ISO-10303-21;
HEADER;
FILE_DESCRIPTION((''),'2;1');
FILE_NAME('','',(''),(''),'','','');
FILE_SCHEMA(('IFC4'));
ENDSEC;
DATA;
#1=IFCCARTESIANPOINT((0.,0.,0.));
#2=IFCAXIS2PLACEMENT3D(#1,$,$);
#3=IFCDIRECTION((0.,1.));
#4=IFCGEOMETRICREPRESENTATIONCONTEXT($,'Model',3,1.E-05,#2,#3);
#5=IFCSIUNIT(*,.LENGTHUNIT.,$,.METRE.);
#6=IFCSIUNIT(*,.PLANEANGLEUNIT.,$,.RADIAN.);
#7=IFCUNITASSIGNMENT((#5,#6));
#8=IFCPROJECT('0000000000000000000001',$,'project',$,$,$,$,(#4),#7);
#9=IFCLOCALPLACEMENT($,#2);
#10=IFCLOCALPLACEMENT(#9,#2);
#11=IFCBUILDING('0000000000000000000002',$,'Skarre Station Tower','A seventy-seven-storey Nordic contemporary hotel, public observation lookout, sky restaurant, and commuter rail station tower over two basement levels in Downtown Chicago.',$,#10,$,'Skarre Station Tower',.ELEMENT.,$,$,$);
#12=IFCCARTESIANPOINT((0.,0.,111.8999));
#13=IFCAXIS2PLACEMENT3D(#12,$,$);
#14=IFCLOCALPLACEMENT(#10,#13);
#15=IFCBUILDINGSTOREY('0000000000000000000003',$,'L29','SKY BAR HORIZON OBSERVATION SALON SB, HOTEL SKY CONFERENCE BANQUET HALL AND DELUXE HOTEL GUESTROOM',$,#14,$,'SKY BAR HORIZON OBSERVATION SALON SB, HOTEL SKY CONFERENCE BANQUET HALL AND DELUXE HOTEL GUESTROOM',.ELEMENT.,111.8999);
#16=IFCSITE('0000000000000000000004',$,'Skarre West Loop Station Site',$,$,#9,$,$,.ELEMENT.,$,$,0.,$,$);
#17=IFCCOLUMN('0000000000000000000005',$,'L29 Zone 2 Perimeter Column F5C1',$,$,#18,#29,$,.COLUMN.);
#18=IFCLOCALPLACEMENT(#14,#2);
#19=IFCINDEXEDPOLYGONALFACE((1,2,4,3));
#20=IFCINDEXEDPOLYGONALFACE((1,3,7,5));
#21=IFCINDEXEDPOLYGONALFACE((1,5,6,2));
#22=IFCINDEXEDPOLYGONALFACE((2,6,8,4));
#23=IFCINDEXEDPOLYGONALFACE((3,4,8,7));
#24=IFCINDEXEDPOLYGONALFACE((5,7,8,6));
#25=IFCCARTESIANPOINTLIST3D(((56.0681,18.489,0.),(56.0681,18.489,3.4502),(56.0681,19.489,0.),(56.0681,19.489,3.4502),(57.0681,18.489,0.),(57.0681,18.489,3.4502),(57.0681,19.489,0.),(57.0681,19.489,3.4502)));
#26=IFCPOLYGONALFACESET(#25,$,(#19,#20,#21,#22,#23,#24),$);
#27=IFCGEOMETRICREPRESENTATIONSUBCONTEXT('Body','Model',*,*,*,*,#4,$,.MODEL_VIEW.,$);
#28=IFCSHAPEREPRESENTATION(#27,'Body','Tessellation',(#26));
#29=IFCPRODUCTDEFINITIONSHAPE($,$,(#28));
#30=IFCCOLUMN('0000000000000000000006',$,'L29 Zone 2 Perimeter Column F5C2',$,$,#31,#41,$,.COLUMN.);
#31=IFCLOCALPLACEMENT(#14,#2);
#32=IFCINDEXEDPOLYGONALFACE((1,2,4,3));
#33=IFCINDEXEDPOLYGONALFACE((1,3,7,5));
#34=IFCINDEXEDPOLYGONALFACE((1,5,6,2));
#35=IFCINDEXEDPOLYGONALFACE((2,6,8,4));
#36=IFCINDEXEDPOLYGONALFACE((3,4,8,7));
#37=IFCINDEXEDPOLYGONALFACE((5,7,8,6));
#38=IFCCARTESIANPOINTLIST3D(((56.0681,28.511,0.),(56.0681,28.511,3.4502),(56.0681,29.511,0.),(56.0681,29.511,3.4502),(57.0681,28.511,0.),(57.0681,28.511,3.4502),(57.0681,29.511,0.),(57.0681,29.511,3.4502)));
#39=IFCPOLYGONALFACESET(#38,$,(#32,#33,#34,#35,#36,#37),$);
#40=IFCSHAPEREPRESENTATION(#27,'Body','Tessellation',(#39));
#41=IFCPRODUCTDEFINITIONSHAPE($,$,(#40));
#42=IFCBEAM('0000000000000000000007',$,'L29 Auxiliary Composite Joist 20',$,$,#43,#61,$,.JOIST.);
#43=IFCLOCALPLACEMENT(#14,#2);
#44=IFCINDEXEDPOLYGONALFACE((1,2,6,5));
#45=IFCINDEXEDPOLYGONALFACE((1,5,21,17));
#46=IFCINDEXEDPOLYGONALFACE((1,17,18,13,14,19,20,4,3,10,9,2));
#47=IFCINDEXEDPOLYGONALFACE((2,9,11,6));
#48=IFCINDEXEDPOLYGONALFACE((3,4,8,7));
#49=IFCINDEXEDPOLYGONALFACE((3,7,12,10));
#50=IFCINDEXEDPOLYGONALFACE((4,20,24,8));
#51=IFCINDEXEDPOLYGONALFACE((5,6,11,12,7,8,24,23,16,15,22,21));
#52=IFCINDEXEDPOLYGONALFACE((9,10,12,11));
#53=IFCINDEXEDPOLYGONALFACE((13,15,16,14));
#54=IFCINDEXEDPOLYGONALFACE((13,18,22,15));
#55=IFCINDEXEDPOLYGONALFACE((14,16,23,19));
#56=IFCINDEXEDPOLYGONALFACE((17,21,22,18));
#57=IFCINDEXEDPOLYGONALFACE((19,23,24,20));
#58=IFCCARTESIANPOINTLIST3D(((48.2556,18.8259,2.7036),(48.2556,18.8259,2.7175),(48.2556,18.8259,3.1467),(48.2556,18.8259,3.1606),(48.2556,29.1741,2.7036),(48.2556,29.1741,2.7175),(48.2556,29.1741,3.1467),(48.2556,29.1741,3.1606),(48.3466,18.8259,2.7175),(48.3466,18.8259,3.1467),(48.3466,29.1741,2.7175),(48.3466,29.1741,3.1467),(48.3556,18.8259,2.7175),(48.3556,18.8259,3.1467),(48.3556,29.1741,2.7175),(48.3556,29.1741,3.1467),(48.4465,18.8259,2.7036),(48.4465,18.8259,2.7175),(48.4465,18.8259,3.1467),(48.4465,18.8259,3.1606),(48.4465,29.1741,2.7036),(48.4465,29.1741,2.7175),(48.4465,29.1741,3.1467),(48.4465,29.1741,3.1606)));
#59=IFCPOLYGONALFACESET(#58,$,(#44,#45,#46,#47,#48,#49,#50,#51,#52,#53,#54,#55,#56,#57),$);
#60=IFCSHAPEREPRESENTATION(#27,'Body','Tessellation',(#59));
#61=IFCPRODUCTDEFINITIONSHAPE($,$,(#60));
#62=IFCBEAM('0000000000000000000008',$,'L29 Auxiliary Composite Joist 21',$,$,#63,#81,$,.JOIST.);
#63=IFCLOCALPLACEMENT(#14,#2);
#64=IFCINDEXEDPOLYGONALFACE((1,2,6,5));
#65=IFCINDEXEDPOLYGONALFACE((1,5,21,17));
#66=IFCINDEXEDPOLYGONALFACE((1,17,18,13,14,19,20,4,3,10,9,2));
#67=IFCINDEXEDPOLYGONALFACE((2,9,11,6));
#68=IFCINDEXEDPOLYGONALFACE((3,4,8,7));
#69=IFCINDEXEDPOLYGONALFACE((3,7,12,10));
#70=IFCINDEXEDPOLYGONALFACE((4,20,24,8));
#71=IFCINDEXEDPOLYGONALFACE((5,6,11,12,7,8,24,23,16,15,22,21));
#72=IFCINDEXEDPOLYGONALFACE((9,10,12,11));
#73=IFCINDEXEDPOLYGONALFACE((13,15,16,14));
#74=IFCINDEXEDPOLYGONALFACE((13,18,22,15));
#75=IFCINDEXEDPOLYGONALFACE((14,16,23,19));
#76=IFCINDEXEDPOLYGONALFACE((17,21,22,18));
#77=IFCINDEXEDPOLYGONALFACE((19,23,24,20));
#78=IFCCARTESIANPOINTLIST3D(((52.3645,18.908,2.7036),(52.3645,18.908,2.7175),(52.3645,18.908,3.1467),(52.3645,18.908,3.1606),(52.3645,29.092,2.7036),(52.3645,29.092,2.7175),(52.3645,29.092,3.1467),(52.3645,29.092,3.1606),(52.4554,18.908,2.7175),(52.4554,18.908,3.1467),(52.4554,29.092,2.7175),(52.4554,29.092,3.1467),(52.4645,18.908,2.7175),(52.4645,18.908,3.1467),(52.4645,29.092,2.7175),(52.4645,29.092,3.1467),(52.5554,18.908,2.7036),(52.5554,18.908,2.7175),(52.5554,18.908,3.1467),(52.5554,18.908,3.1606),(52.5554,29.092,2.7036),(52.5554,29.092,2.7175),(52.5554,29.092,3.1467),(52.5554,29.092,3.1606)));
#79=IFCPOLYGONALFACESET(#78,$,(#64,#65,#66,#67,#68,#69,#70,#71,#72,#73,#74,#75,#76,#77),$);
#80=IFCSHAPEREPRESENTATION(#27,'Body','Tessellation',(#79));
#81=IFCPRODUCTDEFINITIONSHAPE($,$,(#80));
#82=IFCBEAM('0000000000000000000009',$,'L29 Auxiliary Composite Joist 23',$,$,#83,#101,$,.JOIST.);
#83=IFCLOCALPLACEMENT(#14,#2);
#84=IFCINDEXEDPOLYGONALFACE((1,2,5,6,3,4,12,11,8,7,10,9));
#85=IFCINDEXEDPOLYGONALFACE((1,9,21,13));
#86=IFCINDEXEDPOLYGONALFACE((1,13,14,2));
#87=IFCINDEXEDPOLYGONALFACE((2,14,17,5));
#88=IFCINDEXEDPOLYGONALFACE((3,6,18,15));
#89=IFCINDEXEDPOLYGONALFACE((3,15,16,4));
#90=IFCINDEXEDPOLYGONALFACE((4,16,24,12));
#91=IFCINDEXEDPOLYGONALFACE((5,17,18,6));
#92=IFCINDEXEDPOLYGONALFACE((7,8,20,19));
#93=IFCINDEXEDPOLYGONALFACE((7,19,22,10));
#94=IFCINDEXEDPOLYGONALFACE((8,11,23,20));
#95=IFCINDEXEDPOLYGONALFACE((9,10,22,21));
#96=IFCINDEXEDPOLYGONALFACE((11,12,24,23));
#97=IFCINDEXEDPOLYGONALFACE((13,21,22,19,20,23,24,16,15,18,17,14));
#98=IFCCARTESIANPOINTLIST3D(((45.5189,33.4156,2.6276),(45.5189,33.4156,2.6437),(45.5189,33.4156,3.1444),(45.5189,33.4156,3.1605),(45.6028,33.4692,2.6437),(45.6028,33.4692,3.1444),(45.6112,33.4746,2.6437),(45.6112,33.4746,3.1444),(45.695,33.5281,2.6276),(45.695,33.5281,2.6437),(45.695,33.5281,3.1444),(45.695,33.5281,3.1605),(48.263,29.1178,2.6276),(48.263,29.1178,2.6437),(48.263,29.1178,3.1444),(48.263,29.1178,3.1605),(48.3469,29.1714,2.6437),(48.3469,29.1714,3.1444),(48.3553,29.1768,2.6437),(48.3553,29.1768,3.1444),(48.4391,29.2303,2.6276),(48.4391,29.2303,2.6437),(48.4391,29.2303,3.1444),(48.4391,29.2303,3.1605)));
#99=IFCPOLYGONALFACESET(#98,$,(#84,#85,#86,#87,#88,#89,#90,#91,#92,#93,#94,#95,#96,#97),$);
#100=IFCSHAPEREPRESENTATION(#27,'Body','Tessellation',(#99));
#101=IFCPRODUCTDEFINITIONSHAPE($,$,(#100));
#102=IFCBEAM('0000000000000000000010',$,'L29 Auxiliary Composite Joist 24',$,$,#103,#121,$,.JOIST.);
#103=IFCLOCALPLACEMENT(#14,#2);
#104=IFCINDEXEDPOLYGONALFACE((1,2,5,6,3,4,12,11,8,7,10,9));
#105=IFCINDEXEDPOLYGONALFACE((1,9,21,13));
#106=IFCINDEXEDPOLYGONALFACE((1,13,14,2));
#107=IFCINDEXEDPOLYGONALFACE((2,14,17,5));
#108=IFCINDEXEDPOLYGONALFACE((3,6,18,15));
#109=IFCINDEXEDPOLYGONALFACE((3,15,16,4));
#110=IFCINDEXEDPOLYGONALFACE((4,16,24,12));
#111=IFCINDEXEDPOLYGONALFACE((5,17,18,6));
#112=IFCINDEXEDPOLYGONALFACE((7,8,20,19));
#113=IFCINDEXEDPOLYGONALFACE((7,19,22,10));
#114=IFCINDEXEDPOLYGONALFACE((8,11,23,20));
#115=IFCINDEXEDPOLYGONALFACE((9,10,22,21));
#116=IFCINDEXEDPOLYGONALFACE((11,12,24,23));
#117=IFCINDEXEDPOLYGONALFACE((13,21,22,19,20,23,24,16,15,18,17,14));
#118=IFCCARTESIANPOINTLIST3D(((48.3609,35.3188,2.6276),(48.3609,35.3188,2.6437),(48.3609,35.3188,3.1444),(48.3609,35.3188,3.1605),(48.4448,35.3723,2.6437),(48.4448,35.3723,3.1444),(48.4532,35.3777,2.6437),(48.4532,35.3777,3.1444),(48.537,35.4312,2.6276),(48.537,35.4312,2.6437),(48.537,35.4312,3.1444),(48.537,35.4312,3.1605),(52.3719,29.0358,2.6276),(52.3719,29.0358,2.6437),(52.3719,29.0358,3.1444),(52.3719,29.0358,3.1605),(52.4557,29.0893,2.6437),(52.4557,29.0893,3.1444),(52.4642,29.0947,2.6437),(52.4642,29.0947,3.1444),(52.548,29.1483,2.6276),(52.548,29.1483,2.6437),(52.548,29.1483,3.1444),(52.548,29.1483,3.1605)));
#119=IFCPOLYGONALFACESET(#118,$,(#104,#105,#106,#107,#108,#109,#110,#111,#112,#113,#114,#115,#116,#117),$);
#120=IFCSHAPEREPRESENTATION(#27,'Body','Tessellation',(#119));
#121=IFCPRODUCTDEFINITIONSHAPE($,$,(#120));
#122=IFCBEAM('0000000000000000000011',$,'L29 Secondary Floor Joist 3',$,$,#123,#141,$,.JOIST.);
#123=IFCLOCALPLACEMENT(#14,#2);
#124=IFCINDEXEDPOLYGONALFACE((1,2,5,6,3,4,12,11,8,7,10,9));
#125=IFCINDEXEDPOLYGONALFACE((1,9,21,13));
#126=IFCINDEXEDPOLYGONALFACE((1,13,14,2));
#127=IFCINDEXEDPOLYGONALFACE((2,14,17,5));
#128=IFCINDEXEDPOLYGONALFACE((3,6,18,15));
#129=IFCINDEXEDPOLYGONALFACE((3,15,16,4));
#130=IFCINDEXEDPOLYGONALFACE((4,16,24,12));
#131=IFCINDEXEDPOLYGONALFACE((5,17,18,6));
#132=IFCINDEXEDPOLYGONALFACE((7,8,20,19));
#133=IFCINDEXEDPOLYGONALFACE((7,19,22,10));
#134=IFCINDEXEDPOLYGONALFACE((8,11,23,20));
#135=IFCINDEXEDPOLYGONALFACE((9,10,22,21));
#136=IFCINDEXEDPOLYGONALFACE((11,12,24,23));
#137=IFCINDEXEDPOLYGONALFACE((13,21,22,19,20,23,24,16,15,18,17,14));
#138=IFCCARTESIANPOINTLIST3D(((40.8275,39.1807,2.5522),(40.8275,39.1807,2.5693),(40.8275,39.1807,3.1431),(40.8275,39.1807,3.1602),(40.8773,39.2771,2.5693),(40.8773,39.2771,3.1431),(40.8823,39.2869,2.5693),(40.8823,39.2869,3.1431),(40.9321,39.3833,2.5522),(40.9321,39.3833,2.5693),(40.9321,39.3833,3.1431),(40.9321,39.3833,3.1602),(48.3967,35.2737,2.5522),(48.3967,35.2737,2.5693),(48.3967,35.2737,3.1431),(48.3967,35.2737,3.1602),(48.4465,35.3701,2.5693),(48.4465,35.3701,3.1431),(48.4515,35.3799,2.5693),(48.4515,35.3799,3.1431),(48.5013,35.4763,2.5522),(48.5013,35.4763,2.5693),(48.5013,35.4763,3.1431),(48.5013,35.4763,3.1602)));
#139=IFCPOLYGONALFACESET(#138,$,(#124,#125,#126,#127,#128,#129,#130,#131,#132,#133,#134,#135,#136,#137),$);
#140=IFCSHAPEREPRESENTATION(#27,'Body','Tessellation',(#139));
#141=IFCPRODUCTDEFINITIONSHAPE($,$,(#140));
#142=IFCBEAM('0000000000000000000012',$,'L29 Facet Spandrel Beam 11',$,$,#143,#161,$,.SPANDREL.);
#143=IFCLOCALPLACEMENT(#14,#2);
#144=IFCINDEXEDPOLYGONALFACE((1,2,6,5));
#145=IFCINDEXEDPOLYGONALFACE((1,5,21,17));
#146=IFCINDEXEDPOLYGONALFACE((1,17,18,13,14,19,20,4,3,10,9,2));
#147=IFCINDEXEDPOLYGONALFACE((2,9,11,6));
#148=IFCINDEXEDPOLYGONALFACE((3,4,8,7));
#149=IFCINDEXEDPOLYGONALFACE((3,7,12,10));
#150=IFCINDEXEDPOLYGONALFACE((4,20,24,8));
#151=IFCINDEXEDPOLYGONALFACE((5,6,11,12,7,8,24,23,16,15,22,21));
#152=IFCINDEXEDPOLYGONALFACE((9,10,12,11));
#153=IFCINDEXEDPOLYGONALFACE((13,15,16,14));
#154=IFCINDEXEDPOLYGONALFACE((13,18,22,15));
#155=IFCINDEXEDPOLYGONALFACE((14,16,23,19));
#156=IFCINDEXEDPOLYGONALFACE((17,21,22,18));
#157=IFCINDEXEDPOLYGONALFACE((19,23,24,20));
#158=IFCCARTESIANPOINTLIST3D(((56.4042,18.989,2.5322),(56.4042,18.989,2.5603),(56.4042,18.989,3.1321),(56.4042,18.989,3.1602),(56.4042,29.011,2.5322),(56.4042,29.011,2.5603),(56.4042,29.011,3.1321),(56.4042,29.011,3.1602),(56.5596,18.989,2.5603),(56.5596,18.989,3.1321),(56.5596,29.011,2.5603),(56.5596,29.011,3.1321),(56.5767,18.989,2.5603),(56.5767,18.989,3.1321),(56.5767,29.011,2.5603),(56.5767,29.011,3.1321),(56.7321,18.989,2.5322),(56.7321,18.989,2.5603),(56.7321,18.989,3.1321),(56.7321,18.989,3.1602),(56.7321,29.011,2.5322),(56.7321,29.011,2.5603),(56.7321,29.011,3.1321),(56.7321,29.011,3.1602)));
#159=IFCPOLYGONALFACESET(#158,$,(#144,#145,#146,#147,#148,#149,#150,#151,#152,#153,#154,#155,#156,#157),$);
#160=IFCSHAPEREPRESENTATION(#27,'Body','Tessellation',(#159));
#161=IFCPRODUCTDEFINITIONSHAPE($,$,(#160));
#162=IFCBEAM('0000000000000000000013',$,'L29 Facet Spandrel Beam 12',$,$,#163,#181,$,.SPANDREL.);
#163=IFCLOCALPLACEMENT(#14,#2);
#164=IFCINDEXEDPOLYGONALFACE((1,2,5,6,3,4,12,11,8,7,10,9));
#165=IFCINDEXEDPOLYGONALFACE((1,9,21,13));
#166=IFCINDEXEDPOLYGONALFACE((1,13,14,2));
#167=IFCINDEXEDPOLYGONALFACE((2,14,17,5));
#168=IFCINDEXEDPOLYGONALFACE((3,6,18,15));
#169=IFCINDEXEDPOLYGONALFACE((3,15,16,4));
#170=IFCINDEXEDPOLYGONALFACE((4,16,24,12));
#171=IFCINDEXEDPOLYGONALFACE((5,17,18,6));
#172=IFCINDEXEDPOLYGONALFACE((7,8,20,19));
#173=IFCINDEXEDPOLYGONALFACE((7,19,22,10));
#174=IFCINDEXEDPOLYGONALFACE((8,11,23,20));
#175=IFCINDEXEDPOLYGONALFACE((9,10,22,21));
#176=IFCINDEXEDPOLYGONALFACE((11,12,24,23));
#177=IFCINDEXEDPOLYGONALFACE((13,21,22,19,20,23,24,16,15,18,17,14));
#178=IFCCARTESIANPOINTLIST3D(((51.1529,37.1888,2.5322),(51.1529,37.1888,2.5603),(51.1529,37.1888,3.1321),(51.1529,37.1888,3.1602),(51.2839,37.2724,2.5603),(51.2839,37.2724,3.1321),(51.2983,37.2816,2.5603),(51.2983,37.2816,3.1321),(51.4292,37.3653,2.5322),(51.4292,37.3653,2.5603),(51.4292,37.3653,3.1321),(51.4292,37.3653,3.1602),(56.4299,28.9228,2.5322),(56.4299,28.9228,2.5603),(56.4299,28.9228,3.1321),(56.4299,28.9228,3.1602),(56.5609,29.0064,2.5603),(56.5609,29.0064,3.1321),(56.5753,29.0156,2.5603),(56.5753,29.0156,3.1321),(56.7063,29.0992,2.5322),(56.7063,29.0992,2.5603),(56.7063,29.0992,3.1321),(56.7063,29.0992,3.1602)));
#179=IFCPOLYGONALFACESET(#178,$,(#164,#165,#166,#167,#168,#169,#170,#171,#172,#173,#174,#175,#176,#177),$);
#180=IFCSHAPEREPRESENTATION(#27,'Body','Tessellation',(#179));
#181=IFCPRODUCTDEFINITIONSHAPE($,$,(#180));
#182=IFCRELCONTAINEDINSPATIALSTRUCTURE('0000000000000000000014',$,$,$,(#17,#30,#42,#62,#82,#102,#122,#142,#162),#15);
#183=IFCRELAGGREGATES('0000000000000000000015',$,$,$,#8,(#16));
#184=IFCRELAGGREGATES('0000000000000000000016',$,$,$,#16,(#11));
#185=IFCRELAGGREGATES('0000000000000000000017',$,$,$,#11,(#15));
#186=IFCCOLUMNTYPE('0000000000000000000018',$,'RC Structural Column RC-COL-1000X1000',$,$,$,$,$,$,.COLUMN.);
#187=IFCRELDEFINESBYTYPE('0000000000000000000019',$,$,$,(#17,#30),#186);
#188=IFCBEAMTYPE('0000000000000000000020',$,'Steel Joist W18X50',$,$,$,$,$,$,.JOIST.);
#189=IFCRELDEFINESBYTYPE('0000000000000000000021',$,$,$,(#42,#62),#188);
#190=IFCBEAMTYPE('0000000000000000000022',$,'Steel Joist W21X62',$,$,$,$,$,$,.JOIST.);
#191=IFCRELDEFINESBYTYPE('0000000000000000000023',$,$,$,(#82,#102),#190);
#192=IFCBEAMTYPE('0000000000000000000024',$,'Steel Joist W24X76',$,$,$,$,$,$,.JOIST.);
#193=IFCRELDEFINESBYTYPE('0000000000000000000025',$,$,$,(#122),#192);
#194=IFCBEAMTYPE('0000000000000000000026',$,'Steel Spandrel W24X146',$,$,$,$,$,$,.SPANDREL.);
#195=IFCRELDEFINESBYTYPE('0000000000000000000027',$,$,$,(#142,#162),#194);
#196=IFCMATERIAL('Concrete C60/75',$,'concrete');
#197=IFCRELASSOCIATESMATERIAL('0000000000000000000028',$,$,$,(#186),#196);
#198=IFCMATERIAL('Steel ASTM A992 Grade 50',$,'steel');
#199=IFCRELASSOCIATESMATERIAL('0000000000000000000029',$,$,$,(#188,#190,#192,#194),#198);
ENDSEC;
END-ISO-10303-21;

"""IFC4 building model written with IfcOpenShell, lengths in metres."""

from ifc_helpers import new_model, si_unit, direction, frame, origin, origin_2d, place, context, subcontext, project, spatial, rectangle, i_section, extrude, material, material_profile, profile_set, type_object, element, save


model = new_model("IFC4")

# Units and contexts
model_context = context("Model", 3, precision=1e-05, world=origin(), true_north=direction((0.0, 1.0)))
body_context = subcontext(model_context, "Body", "Model", "MODEL_VIEW")
ifc_project = project(units=[si_unit("LENGTHUNIT", "METRE"), si_unit("PLANEANGLEUNIT", "RADIAN")], contexts=[model_context])

# Site, building, storey
site_placement = place(None, origin())
site = spatial("IfcSite", under=ifc_project, at=site_placement, Name="Skarre West Loop Station Site", CompositionType="ELEMENT", RefElevation=0.0)
building_placement = place(site_placement, origin())
building = spatial("IfcBuilding", under=site, at=building_placement, Name="Skarre Station Tower", Description="A seventy-seven-storey Nordic contemporary hotel, public observation lookout, sky restaurant, and commuter rail station tower over two basement levels in Downtown Chicago.", LongName="Skarre Station Tower", CompositionType="ELEMENT")
storey_placement = place(building_placement, frame((0.0, 0.0, 111.8999)))
storey = spatial("IfcBuildingStorey", under=building, at=storey_placement, Name="L29", Description="SKY BAR HORIZON OBSERVATION SALON SB, HOTEL SKY CONFERENCE BANQUET HALL AND DELUXE HOTEL GUESTROOM", LongName="SKY BAR HORIZON OBSERVATION SALON SB, HOTEL SKY CONFERENCE BANQUET HALL AND DELUXE HOTEL GUESTROOM", CompositionType="ELEMENT", Elevation=111.8999)

# Columns
ifc_material_1 = material(Name="Concrete C60/75", Category="concrete")
ifc_material_profile_1 = material_profile(ifc_material_1, rectangle(XDim=1.0, YDim=1.0, at=origin_2d()), Name="Concrete C60/75")
ifc_profile_set_1 = profile_set([ifc_material_profile_1], Name="Concrete C60/75")
column_type = type_object("IfcColumnType", Name="RC Structural Column RC-COL-1000X1000", PredefinedType="COLUMN", material=ifc_profile_set_1)
for number, where, z_axis, x_axis, name in (
    (1, (56.5681, 18.989, 0.0), (0.0, 0.0, 1.0), (1.0, 0.0, 0.0), "L29 Zone 2 Perimeter Column F5C1"),
    (2, (56.5681, 29.011, 0.0), (0.0, 0.0, 1.0), (1.0, 0.0, 0.0), "L29 Zone 2 Perimeter Column F5C2"),
):
    element("IfcColumn", number, at=place(storey_placement, frame(where, z_axis=z_axis, x_axis=x_axis)), inside=storey, type_object=column_type, Name=name, PredefinedType="COLUMN", context=body_context, shape_type="SweptSolid", body=[
        extrude(rectangle(XDim=1.0, YDim=1.0, at=origin_2d()), origin(), (0.0, 0.0, 1.0), 3.4502),
    ])

# Beams
ifc_material_2 = material(Name="Steel ASTM A992 Grade 50", Category="steel")
ifc_material_profile_2 = material_profile(ifc_material_2, i_section(OverallWidth=0.1909, OverallDepth=0.457, WebThickness=0.009, FlangeThickness=0.0139, at=origin_2d()), Name="Steel ASTM A992 Grade 50")
ifc_profile_set_2 = profile_set([ifc_material_profile_2], Name="Steel ASTM A992 Grade 50")
beam_type_1 = type_object("IfcBeamType", Name="Steel Joist W18X50", PredefinedType="JOIST", material=ifc_profile_set_2)
beam_1_placement = place(storey_placement, frame((48.3511, 18.8259, 2.9321), z_axis=(0.0, 1.0, 0.0), x_axis=(-1.0, 0.0, 0.0)))
element("IfcBeam", 3, at=beam_1_placement, inside=storey, type_object=beam_type_1, Name="L29 Auxiliary Composite Joist 20", PredefinedType="JOIST", context=body_context, shape_type="SweptSolid", body=[
    extrude(i_section(OverallWidth=0.1909, OverallDepth=0.457, WebThickness=0.009, FlangeThickness=0.0139, at=origin_2d()), origin(), (0.0, 0.0, 1.0), 10.3481),
])
beam_2_placement = place(storey_placement, frame((52.46, 18.908, 2.9321), z_axis=(0.0, 1.0, 0.0), x_axis=(-1.0, 0.0, 0.0)))
element("IfcBeam", 4, at=beam_2_placement, inside=storey, type_object=beam_type_1, Name="L29 Auxiliary Composite Joist 21", PredefinedType="JOIST", context=body_context, shape_type="SweptSolid", body=[
    extrude(i_section(OverallWidth=0.1909, OverallDepth=0.457, WebThickness=0.009, FlangeThickness=0.0139, at=origin_2d()), origin(), (0.0, 0.0, 1.0), 10.1841),
])
ifc_material_profile_3 = material_profile(ifc_material_2, i_section(OverallWidth=0.209, OverallDepth=0.533, WebThickness=0.01, FlangeThickness=0.0161, at=origin_2d()), Name="Steel ASTM A992 Grade 50")
ifc_profile_set_3 = profile_set([ifc_material_profile_3], Name="Steel ASTM A992 Grade 50")
beam_type_2 = type_object("IfcBeamType", Name="Steel Joist W21X62", PredefinedType="JOIST", material=ifc_profile_set_3)
beam_3_placement = place(storey_placement, frame((48.3511, 29.1741, 2.894), z_axis=(-0.538151, 0.842848, 0.0), x_axis=(-0.842848, -0.538151, 0.0)))
element("IfcBeam", 5, at=beam_3_placement, inside=storey, type_object=beam_type_2, Name="L29 Auxiliary Composite Joist 23", PredefinedType="JOIST", context=body_context, shape_type="SweptSolid", body=[
    extrude(i_section(OverallWidth=0.209, OverallDepth=0.533, WebThickness=0.01, FlangeThickness=0.0161, at=origin_2d()), origin(), (0.0, 0.0, 1.0), 5.0991),
])
beam_4_placement = place(storey_placement, frame((52.46, 29.092, 2.894), z_axis=(-0.538091, 0.842886, 0.0), x_axis=(-0.842886, -0.538091, 0.0)))
element("IfcBeam", 6, at=beam_4_placement, inside=storey, type_object=beam_type_2, Name="L29 Auxiliary Composite Joist 24", PredefinedType="JOIST", context=body_context, shape_type="SweptSolid", body=[
    extrude(i_section(OverallWidth=0.209, OverallDepth=0.533, WebThickness=0.01, FlangeThickness=0.0161, at=origin_2d()), origin(), (0.0, 0.0, 1.0), 7.4541),
])
ifc_material_profile_4 = material_profile(ifc_material_2, i_section(OverallWidth=0.228, OverallDepth=0.6079, WebThickness=0.011, FlangeThickness=0.0171, at=origin_2d()), Name="Steel ASTM A992 Grade 50")
ifc_profile_set_4 = profile_set([ifc_material_profile_4], Name="Steel ASTM A992 Grade 50")
beam_type_3 = type_object("IfcBeamType", Name="Steel Joist W24X76", PredefinedType="JOIST", material=ifc_profile_set_4)
beam_5_placement = place(storey_placement, frame((48.449, 35.375, 2.8562), z_axis=(-0.888604, 0.458676, 0.0), x_axis=(-0.458676, -0.888604, 0.0)))
element("IfcBeam", 7, at=beam_5_placement, inside=storey, type_object=beam_type_3, Name="L29 Secondary Floor Joist 3", PredefinedType="JOIST", context=body_context, shape_type="SweptSolid", body=[
    extrude(i_section(OverallWidth=0.228, OverallDepth=0.6079, WebThickness=0.011, FlangeThickness=0.0171, at=origin_2d()), origin(), (0.0, 0.0, 1.0), 8.5181),
])
ifc_material_profile_5 = material_profile(ifc_material_2, i_section(OverallWidth=0.3279, OverallDepth=0.6279, WebThickness=0.0171, FlangeThickness=0.0281, at=origin_2d()), Name="Steel ASTM A992 Grade 50")
ifc_profile_set_5 = profile_set([ifc_material_profile_5], Name="Steel ASTM A992 Grade 50")
beam_type_4 = type_object("IfcBeamType", Name="Steel Spandrel W24X146", PredefinedType="SPANDREL", material=ifc_profile_set_5)
beam_6_placement = place(storey_placement, frame((56.5681, 18.989, 2.8462), z_axis=(0.0, 1.0, 0.0), x_axis=(-1.0, 0.0, 0.0)))
element("IfcBeam", 8, at=beam_6_placement, inside=storey, type_object=beam_type_4, Name="L29 Facet Spandrel Beam 11", PredefinedType="SPANDREL", context=body_context, shape_type="SweptSolid", body=[
    extrude(i_section(OverallWidth=0.3279, OverallDepth=0.6279, WebThickness=0.0171, FlangeThickness=0.0281, at=origin_2d()), origin(), (0.0, 0.0, 1.0), 10.022),
])
beam_7_placement = place(storey_placement, frame((56.5681, 29.011, 2.8462), z_axis=(-0.538098, 0.842883, 0.0), x_axis=(-0.842883, -0.538098, 0.0)))
element("IfcBeam", 9, at=beam_7_placement, inside=storey, type_object=beam_type_4, Name="L29 Facet Spandrel Beam 12", PredefinedType="SPANDREL", context=body_context, shape_type="SweptSolid", body=[
    extrude(i_section(OverallWidth=0.3279, OverallDepth=0.6279, WebThickness=0.0171, FlangeThickness=0.0281, at=origin_2d()), origin(), (0.0, 0.0, 1.0), 9.8069),
])

save(model, "model.ifc")
